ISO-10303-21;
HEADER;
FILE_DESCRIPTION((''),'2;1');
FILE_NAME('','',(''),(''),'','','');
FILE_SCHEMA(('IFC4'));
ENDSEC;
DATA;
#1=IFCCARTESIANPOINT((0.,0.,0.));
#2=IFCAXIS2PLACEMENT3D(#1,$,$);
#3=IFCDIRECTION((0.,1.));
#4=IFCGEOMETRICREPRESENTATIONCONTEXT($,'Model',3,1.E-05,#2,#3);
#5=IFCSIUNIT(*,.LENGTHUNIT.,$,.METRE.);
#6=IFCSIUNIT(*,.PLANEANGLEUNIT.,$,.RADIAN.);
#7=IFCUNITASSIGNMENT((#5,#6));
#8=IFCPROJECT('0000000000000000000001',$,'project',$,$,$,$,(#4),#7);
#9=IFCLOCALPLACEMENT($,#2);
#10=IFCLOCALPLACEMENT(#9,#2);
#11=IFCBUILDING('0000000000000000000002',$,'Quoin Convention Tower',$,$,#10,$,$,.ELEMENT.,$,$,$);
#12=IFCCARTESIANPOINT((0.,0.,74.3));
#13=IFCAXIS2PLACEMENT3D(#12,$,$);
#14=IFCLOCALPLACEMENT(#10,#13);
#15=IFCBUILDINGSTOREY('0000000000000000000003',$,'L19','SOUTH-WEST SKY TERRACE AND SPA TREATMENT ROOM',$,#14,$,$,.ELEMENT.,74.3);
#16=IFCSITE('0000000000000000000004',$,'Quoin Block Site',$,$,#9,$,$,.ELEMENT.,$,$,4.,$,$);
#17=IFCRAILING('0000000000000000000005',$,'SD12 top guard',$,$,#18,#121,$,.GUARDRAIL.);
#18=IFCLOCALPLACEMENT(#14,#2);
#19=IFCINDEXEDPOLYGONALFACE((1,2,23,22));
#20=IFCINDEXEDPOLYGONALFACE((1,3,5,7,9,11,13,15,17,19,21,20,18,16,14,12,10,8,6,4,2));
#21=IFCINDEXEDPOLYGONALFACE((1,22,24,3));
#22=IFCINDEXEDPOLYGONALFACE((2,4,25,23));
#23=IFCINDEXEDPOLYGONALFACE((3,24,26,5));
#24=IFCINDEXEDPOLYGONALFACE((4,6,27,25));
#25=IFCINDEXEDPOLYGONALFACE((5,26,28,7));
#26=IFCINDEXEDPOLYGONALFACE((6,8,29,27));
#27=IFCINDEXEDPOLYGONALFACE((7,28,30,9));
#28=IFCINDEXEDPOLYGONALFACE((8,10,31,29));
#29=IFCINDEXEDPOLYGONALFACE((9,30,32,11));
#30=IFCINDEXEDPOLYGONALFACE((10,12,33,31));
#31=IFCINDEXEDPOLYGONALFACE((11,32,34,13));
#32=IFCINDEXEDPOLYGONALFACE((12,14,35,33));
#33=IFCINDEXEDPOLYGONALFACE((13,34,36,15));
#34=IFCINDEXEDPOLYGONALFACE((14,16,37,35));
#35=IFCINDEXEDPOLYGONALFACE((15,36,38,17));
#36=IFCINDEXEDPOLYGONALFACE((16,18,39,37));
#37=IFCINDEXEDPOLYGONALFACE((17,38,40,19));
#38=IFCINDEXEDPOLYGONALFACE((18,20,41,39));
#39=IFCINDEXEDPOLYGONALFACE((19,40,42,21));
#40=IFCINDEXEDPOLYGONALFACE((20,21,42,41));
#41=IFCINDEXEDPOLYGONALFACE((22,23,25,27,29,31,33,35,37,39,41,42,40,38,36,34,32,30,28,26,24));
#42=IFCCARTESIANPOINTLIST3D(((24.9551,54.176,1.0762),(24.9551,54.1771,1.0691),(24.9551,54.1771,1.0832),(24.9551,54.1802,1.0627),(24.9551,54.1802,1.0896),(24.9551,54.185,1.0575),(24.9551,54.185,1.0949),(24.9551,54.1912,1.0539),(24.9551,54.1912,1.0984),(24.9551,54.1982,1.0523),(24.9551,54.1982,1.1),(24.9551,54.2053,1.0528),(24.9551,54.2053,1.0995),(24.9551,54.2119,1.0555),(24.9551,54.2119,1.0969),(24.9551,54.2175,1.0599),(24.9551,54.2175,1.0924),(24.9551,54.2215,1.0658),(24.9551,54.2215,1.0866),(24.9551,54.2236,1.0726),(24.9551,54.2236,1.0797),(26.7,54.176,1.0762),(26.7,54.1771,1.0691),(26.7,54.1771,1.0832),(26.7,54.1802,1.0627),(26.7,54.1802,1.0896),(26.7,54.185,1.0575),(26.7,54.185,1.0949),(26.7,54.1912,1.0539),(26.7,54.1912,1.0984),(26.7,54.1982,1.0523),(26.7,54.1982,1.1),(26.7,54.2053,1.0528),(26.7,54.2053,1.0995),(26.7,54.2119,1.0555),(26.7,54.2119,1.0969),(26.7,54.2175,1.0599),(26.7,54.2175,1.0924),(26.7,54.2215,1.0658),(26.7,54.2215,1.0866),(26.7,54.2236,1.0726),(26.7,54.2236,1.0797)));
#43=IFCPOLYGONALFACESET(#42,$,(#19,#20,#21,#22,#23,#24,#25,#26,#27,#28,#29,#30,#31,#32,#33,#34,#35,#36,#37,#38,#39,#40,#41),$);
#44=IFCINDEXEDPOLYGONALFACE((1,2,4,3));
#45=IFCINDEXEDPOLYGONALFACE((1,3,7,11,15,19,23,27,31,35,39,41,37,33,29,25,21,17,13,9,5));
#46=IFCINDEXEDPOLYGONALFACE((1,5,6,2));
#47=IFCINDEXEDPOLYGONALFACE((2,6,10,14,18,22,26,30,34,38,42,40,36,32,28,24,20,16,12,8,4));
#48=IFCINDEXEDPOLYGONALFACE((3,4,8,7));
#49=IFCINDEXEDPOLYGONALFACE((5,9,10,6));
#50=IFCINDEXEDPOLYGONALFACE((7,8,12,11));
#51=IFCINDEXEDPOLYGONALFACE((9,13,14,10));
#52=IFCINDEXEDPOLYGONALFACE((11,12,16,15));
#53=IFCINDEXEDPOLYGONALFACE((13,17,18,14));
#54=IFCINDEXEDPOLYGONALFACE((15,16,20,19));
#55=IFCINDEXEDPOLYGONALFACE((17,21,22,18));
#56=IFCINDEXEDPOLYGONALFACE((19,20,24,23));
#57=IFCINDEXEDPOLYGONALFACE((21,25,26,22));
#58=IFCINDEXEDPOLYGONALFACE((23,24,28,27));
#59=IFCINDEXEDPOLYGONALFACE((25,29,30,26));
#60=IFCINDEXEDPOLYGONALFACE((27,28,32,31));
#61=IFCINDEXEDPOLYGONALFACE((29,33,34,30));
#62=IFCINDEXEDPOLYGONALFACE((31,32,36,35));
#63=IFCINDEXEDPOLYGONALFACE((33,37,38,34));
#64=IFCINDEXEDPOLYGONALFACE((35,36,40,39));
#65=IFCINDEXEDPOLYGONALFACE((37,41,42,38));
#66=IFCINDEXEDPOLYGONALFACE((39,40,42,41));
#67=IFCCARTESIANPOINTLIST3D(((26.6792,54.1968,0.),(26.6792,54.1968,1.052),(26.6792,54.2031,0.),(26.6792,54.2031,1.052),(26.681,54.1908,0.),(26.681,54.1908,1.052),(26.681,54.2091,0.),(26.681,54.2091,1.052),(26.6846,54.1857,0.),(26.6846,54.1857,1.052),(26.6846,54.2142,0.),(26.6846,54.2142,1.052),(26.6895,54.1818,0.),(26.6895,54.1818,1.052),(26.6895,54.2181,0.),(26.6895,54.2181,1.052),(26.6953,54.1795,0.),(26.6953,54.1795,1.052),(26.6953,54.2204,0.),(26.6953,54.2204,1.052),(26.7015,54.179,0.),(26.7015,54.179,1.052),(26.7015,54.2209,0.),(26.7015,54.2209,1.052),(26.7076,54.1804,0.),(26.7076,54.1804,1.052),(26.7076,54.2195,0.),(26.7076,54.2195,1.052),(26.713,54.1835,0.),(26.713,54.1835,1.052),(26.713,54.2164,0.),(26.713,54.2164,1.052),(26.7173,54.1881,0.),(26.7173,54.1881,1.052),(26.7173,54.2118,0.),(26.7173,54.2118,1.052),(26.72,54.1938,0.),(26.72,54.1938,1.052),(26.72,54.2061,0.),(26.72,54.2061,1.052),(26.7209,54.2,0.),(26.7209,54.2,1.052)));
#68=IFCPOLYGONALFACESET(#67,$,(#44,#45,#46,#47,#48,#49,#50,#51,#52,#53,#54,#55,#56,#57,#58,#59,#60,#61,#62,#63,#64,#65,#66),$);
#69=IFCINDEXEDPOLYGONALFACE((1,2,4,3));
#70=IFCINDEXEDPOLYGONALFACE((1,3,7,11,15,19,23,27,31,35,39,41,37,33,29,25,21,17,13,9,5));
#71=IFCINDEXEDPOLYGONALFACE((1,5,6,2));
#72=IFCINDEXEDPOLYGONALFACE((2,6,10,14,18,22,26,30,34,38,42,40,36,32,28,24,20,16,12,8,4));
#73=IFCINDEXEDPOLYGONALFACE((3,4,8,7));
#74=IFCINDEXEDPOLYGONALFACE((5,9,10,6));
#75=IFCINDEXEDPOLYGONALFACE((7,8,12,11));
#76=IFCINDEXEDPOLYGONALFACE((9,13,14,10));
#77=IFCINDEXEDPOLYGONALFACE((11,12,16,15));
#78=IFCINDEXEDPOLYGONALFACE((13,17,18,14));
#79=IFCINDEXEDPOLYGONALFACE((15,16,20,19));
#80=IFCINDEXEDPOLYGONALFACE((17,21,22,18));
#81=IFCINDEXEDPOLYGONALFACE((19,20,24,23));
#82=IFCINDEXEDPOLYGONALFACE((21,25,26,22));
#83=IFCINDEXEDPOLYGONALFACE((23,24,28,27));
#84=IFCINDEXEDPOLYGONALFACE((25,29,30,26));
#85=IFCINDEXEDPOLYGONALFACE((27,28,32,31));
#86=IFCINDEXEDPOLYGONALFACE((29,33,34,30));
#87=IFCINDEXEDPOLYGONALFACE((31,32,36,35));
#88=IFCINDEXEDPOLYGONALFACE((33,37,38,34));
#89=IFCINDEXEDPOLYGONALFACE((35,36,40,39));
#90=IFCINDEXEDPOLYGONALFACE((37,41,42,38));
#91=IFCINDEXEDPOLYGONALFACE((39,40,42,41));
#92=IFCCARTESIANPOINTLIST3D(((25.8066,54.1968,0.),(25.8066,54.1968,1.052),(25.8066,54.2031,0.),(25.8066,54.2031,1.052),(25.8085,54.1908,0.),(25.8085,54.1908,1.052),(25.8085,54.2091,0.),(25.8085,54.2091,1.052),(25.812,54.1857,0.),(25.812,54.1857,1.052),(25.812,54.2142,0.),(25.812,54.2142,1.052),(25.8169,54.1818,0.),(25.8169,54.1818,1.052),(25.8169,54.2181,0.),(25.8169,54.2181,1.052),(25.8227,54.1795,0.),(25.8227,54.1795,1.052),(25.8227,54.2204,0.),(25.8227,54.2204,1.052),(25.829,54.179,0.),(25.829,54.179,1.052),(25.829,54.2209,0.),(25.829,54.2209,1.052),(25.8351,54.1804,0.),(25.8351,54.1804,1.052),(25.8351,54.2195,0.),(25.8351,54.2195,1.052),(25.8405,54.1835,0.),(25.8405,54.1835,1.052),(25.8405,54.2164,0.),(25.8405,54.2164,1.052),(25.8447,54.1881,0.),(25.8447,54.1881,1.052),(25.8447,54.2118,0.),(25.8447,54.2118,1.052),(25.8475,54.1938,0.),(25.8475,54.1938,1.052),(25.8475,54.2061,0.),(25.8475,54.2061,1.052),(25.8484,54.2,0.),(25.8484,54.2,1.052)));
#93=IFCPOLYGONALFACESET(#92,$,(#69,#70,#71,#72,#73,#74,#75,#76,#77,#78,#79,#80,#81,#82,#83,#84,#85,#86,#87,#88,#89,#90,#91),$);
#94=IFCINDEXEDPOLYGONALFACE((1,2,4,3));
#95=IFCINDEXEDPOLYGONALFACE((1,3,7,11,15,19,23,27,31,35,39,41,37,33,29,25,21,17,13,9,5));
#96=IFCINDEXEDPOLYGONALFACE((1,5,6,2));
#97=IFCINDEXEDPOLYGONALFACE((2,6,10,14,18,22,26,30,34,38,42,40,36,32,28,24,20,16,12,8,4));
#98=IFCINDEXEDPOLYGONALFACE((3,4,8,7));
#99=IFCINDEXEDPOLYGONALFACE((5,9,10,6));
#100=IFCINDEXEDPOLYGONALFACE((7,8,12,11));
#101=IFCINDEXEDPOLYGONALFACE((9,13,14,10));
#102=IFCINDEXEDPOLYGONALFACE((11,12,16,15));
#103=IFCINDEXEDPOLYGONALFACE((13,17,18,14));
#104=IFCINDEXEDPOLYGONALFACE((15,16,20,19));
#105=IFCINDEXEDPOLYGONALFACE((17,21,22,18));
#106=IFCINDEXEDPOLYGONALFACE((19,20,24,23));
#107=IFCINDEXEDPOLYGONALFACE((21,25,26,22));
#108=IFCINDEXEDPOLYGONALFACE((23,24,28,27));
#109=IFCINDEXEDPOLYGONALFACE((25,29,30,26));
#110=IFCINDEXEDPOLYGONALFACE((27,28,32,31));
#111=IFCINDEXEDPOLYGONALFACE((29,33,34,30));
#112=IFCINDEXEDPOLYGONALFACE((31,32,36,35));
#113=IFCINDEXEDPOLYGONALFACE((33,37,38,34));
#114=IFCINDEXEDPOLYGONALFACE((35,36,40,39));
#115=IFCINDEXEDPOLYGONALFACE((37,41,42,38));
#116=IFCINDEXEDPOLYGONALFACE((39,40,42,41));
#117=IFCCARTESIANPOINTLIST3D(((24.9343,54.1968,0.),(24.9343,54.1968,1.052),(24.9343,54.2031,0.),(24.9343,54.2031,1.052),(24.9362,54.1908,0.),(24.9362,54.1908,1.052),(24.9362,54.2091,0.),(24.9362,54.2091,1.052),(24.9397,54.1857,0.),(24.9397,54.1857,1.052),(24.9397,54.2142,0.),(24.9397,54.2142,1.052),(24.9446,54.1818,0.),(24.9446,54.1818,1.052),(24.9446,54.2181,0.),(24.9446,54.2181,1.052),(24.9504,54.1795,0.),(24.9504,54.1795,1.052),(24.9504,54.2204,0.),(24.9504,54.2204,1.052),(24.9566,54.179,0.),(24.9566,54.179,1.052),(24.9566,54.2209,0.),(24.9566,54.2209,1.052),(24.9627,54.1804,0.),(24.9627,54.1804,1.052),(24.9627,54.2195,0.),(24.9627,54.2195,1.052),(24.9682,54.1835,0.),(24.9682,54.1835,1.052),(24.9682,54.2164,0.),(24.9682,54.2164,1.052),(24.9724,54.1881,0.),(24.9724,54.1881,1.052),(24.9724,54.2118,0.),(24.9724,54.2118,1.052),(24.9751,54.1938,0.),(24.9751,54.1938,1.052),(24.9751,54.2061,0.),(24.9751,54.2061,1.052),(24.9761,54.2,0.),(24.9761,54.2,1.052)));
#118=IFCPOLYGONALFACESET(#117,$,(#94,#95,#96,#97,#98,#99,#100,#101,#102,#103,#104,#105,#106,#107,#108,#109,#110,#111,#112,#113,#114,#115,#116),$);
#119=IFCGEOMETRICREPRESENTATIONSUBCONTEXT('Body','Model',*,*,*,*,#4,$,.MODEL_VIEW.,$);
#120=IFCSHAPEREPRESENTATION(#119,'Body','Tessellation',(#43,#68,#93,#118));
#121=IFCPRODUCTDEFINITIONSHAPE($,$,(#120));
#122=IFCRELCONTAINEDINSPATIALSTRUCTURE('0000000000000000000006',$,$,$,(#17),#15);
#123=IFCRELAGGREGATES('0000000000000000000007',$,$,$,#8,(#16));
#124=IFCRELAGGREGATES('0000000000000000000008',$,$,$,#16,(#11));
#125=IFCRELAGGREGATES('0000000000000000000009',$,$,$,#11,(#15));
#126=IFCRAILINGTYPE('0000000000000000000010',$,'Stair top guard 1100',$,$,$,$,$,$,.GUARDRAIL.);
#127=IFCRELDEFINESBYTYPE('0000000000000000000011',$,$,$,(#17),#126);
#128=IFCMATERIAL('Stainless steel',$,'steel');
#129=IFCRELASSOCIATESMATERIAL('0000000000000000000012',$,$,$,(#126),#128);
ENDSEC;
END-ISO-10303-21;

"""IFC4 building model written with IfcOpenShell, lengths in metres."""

from ifc_helpers import new_model, si_unit, direction, frame, origin, origin_2d, place, context, subcontext, project, spatial, circle, extrude, material, type_object, element, save


model = new_model("IFC4")

# Units and contexts
model_context = context("Model", 3, precision=1e-05, world=origin(), true_north=direction((0.0, 1.0)))
body_context = subcontext(model_context, "Body", "Model", "MODEL_VIEW")
ifc_project = project(units=[si_unit("LENGTHUNIT", "METRE"), si_unit("PLANEANGLEUNIT", "RADIAN")], contexts=[model_context])

# Site, building, storey
site_placement = place(None, origin())
site = spatial("IfcSite", under=ifc_project, at=site_placement, Name="Quoin Block Site", CompositionType="ELEMENT", RefElevation=4.0)
building_placement = place(site_placement, origin())
building = spatial("IfcBuilding", under=site, at=building_placement, Name="Quoin Convention Tower", CompositionType="ELEMENT")
storey_placement = place(building_placement, frame((0.0, 0.0, 74.3)))
storey = spatial("IfcBuildingStorey", under=building, at=storey_placement, Name="L19", Description="SOUTH-WEST SKY TERRACE AND SPA TREATMENT ROOM", CompositionType="ELEMENT", Elevation=74.3)

# Railing
ifc_material_1 = material(Name="Stainless steel", Category="steel")
railing_type_1 = type_object("IfcRailingType", Name="Stair top guard 1100", PredefinedType="GUARDRAIL", material=ifc_material_1)
railing_1_placement = place(storey_placement, frame((26.7, 54.2, 0.0)))
element("IfcRailing", 1, at=railing_1_placement, inside=storey, type_object=railing_type_1, Name="SD12 top guard", PredefinedType="GUARDRAIL", context=body_context, shape_type="SweptSolid", body=[
    extrude(circle(Radius=0.0239, at=origin_2d()), frame((0.0, 0.0, 1.0762), z_axis=(-1.0, 0.0, 0.0), x_axis=(0.0, -1.0, 0.0)), (0.0, 0.0, 1.0), 1.7449),
    extrude(circle(Radius=0.021, at=origin_2d()), origin(), (0.0, 0.0, 1.0), 1.052),
    extrude(circle(Radius=0.021, at=origin_2d()), frame((-0.8726, 0.0, 0.0)), (0.0, 0.0, 1.0), 1.052),
    extrude(circle(Radius=0.021, at=origin_2d()), frame((-1.7449, 0.0, 0.0)), (0.0, 0.0, 1.0), 1.052),
])

save(model, "model.ifc")
